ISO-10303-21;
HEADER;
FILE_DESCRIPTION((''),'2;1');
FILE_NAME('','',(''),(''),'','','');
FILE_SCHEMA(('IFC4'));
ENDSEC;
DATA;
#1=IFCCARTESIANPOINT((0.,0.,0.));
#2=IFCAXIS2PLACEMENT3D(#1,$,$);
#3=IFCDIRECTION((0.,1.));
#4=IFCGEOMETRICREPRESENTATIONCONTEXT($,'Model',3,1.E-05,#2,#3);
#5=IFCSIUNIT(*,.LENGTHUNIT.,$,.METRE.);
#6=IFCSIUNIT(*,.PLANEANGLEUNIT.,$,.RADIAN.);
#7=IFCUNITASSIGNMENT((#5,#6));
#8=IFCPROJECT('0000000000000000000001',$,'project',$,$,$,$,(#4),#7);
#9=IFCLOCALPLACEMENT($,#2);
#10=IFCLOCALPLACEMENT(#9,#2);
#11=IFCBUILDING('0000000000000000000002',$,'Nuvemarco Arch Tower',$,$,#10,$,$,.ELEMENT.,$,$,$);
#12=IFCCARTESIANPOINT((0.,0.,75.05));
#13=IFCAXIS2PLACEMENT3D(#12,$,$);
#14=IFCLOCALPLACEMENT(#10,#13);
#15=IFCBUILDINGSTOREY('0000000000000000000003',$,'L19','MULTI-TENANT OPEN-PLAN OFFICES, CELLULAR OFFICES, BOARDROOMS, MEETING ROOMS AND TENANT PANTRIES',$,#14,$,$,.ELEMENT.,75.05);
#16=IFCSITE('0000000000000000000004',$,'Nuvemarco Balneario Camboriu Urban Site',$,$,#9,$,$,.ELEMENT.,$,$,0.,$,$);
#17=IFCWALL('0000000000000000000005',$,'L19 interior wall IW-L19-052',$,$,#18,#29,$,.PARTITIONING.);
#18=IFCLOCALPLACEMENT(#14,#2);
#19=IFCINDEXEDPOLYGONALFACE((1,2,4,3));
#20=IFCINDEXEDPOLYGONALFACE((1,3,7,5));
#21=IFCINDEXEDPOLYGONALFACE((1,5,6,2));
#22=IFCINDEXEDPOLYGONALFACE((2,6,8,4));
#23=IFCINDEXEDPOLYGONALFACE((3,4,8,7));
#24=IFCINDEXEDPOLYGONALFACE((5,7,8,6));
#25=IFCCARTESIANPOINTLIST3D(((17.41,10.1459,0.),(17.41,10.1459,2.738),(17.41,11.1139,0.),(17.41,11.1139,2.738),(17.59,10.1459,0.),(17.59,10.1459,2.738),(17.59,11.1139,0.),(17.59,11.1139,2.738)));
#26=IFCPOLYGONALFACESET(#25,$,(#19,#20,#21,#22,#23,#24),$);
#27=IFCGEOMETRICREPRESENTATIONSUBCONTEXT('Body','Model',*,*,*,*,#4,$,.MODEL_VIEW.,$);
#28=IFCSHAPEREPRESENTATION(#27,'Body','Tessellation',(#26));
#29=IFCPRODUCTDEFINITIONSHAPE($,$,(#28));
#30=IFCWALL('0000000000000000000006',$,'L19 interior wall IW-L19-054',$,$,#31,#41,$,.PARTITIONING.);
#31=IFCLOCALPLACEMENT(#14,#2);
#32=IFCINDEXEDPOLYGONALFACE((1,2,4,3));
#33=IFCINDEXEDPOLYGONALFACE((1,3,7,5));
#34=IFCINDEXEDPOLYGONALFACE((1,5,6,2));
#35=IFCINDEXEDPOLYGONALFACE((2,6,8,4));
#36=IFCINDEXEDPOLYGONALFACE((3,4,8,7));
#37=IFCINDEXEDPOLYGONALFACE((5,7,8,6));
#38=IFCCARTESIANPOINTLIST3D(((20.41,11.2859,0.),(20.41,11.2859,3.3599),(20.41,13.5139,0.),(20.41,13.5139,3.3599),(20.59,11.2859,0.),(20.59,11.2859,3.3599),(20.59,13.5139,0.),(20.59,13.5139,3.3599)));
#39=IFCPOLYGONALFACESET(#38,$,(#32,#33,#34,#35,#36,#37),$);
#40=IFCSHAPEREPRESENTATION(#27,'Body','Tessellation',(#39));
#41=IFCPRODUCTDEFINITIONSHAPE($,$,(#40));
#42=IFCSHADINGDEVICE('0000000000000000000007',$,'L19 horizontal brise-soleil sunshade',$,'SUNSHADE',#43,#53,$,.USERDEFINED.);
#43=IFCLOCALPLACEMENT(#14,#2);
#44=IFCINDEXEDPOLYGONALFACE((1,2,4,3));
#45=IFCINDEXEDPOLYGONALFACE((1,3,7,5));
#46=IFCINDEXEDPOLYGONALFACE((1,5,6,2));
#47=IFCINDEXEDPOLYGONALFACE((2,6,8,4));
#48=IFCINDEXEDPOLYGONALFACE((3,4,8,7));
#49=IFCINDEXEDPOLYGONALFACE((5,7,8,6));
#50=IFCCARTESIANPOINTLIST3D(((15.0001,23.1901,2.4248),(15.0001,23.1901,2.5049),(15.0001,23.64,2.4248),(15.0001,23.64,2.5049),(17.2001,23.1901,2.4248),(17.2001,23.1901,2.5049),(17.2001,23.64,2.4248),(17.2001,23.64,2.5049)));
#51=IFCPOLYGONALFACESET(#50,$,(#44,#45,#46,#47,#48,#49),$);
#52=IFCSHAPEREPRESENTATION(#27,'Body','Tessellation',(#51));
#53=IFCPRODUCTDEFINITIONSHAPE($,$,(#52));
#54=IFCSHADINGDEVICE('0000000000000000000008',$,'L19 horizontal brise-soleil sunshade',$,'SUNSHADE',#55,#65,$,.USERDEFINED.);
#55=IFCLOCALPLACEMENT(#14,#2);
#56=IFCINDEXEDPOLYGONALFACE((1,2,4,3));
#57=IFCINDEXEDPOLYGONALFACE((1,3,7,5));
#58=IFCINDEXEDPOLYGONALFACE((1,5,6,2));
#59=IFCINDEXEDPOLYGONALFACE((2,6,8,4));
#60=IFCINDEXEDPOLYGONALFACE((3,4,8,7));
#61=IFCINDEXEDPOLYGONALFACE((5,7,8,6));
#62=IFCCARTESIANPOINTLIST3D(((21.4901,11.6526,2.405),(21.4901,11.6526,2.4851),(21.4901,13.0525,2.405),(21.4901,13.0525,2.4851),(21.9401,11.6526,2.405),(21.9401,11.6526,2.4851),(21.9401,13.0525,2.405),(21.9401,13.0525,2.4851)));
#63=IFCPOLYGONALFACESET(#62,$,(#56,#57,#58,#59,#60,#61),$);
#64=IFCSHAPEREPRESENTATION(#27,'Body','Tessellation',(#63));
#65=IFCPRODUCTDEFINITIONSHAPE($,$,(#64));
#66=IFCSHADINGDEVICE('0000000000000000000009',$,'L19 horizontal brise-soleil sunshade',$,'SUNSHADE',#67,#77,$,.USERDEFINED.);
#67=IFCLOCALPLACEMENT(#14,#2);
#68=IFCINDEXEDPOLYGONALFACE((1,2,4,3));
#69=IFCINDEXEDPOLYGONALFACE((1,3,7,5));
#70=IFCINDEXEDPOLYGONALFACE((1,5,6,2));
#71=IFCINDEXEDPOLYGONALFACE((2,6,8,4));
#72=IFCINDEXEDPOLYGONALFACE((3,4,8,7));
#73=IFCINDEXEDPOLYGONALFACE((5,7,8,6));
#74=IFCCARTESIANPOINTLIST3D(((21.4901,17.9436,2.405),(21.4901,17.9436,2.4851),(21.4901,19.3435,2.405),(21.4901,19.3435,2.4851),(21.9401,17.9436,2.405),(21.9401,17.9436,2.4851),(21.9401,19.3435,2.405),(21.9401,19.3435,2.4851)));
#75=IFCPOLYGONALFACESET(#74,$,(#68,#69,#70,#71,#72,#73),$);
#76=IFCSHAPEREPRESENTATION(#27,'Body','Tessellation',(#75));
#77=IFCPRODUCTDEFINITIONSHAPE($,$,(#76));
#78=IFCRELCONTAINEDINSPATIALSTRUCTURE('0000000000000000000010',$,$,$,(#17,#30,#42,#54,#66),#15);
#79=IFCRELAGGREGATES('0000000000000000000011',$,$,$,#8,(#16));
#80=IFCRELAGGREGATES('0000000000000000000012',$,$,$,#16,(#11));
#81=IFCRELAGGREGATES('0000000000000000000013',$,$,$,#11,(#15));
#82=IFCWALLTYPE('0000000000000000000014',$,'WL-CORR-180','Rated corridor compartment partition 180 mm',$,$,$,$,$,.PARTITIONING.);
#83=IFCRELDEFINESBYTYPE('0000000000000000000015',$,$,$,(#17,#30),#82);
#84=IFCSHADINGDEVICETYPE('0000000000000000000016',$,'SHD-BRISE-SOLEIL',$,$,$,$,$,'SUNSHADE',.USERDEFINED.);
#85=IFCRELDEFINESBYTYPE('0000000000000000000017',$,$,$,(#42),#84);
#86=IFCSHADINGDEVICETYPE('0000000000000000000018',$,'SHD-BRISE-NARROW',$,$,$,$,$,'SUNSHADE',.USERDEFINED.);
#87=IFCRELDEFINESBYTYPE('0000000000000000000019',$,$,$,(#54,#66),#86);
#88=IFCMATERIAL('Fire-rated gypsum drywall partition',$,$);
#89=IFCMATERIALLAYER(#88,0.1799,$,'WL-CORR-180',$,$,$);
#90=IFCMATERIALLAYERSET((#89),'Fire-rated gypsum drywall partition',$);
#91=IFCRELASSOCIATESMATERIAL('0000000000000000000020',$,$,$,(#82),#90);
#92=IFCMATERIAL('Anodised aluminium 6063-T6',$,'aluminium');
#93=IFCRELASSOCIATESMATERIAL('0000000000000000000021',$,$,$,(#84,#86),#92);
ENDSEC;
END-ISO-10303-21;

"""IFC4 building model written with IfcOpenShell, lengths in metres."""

from ifc_helpers import new_model, si_unit, direction, frame, frame_2d, origin, origin_2d, place, context, subcontext, project, spatial, rectangle, extrude, source, transform, mapped, material, layer, layer_set, type_object, type_shapes, element, save


model = new_model("IFC4")

# Units and contexts
model_context = context("Model", 3, precision=1e-05, world=origin(), true_north=direction((0.0, 1.0)))
body_context = subcontext(model_context, "Body", "Model", "MODEL_VIEW")
ifc_project = project(units=[si_unit("LENGTHUNIT", "METRE"), si_unit("PLANEANGLEUNIT", "RADIAN")], contexts=[model_context])

# Site, building, storey
site_placement = place(None, origin())
site = spatial("IfcSite", under=ifc_project, at=site_placement, Name="Nuvemarco Balneario Camboriu Urban Site", CompositionType="ELEMENT", RefElevation=0.0)
building_placement = place(site_placement, origin())
building = spatial("IfcBuilding", under=site, at=building_placement, Name="Nuvemarco Arch Tower", CompositionType="ELEMENT")
storey_placement = place(building_placement, frame((0.0, 0.0, 75.05)))
storey = spatial("IfcBuildingStorey", under=building, at=storey_placement, Name="L19", Description="MULTI-TENANT OPEN-PLAN OFFICES, CELLULAR OFFICES, BOARDROOMS, MEETING ROOMS AND TENANT PANTRIES", CompositionType="ELEMENT", Elevation=75.05)

# Shared definitions
ifc_material_1 = material(Name="Fire-rated gypsum drywall partition")
ifc_layer_1 = layer(ifc_material_1, 0.1799, Name="WL-CORR-180")
ifc_layer_set_1 = layer_set([ifc_layer_1], Name="Fire-rated gypsum drywall partition")
wall_type_1 = type_object("IfcWallType", Name="WL-CORR-180", Description="Rated corridor compartment partition 180 mm", PredefinedType="PARTITIONING", material=ifc_layer_set_1)

# Walls
wall_1_placement = place(storey_placement, frame((17.5, 10.146, 0.0), z_axis=(0.0, 0.0, 1.0), x_axis=(0.0, 1.0, 0.0)))
element("IfcWall", 1, at=wall_1_placement, inside=storey, type_object=wall_type_1, Name="L19 interior wall IW-L19-052", PredefinedType="PARTITIONING", context=body_context, shape_type="SweptSolid", body=[
    extrude(rectangle(XDim=0.968, YDim=0.1799, at=frame_2d((0.4839, 0.0))), origin(), (0.0, 0.0, 1.0), 2.738),
])
wall_2_placement = place(storey_placement, frame((20.5, 11.2859, 0.0), z_axis=(0.0, 0.0, 1.0), x_axis=(0.0, 1.0, 0.0)))
element("IfcWall", 2, at=wall_2_placement, inside=storey, type_object=wall_type_1, Name="L19 interior wall IW-L19-054", PredefinedType="PARTITIONING", context=body_context, shape_type="SweptSolid", body=[
    extrude(rectangle(XDim=2.228, YDim=0.1799, at=frame_2d((1.114, 0.0))), origin(), (0.0, 0.0, 1.0), 3.3599),
])

# Shading devices
ifc_material_2 = material(Name="Anodised aluminium 6063-T6", Category="aluminium")
shading_device_type_1 = type_object("IfcShadingDeviceType", Name="SHD-BRISE-SOLEIL", ElementType="SUNSHADE", PredefinedType="USERDEFINED", material=ifc_material_2)
shared_shape_1 = source(origin(), body_context, "Body", "SweptSolid", [
    extrude(rectangle(XDim=2.2, YDim=0.45, at=origin_2d()), origin(), (0.0, 0.0, 1.0), 0.0801),
])
type_shapes(shading_device_type_1, [shared_shape_1])
shading_device_placement = place(storey_placement, frame((16.1001, 23.415, 2.4248), z_axis=(0.0, 0.0, 1.0), x_axis=(1.0, 0.0, 0.0)))
element("IfcShadingDevice", 3, at=shading_device_placement, inside=storey, type_object=shading_device_type_1, Name="L19 horizontal brise-soleil sunshade", ObjectType="SUNSHADE", PredefinedType="USERDEFINED", context=body_context, shape_type="MappedRepresentation", body=[
    mapped(shared_shape_1, transform((0.0, 0.0, 0.0), scale=1.0)),
])
shading_device_type_2 = type_object("IfcShadingDeviceType", Name="SHD-BRISE-NARROW", ElementType="SUNSHADE", PredefinedType="USERDEFINED", material=ifc_material_2)
shared_shape_2 = source(origin(), body_context, "Body", "SweptSolid", [
    extrude(rectangle(XDim=1.3999, YDim=0.45, at=origin_2d()), origin(), (0.0, 0.0, 1.0), 0.0801),
])
type_shapes(shading_device_type_2, [shared_shape_2])
for number, where, z_axis, x_axis, name in (
    (4, (21.7151, 12.3525, 2.405), (0.0, 0.0, 1.0), (0.0, 1.0, 0.0), "L19 horizontal brise-soleil sunshade"),
    (5, (21.7151, 18.6436, 2.405), (0.0, 0.0, 1.0), (0.0, 1.0, 0.0), "L19 horizontal brise-soleil sunshade"),
):
    element("IfcShadingDevice", number, at=place(storey_placement, frame(where, z_axis=z_axis, x_axis=x_axis)), inside=storey, type_object=shading_device_type_2, Name=name, ObjectType="SUNSHADE", PredefinedType="USERDEFINED", context=body_context, shape_type="MappedRepresentation", body=[
        mapped(shared_shape_2, transform((0.0, 0.0, 0.0), scale=1.0)),
    ])

save(model, "model.ifc")
